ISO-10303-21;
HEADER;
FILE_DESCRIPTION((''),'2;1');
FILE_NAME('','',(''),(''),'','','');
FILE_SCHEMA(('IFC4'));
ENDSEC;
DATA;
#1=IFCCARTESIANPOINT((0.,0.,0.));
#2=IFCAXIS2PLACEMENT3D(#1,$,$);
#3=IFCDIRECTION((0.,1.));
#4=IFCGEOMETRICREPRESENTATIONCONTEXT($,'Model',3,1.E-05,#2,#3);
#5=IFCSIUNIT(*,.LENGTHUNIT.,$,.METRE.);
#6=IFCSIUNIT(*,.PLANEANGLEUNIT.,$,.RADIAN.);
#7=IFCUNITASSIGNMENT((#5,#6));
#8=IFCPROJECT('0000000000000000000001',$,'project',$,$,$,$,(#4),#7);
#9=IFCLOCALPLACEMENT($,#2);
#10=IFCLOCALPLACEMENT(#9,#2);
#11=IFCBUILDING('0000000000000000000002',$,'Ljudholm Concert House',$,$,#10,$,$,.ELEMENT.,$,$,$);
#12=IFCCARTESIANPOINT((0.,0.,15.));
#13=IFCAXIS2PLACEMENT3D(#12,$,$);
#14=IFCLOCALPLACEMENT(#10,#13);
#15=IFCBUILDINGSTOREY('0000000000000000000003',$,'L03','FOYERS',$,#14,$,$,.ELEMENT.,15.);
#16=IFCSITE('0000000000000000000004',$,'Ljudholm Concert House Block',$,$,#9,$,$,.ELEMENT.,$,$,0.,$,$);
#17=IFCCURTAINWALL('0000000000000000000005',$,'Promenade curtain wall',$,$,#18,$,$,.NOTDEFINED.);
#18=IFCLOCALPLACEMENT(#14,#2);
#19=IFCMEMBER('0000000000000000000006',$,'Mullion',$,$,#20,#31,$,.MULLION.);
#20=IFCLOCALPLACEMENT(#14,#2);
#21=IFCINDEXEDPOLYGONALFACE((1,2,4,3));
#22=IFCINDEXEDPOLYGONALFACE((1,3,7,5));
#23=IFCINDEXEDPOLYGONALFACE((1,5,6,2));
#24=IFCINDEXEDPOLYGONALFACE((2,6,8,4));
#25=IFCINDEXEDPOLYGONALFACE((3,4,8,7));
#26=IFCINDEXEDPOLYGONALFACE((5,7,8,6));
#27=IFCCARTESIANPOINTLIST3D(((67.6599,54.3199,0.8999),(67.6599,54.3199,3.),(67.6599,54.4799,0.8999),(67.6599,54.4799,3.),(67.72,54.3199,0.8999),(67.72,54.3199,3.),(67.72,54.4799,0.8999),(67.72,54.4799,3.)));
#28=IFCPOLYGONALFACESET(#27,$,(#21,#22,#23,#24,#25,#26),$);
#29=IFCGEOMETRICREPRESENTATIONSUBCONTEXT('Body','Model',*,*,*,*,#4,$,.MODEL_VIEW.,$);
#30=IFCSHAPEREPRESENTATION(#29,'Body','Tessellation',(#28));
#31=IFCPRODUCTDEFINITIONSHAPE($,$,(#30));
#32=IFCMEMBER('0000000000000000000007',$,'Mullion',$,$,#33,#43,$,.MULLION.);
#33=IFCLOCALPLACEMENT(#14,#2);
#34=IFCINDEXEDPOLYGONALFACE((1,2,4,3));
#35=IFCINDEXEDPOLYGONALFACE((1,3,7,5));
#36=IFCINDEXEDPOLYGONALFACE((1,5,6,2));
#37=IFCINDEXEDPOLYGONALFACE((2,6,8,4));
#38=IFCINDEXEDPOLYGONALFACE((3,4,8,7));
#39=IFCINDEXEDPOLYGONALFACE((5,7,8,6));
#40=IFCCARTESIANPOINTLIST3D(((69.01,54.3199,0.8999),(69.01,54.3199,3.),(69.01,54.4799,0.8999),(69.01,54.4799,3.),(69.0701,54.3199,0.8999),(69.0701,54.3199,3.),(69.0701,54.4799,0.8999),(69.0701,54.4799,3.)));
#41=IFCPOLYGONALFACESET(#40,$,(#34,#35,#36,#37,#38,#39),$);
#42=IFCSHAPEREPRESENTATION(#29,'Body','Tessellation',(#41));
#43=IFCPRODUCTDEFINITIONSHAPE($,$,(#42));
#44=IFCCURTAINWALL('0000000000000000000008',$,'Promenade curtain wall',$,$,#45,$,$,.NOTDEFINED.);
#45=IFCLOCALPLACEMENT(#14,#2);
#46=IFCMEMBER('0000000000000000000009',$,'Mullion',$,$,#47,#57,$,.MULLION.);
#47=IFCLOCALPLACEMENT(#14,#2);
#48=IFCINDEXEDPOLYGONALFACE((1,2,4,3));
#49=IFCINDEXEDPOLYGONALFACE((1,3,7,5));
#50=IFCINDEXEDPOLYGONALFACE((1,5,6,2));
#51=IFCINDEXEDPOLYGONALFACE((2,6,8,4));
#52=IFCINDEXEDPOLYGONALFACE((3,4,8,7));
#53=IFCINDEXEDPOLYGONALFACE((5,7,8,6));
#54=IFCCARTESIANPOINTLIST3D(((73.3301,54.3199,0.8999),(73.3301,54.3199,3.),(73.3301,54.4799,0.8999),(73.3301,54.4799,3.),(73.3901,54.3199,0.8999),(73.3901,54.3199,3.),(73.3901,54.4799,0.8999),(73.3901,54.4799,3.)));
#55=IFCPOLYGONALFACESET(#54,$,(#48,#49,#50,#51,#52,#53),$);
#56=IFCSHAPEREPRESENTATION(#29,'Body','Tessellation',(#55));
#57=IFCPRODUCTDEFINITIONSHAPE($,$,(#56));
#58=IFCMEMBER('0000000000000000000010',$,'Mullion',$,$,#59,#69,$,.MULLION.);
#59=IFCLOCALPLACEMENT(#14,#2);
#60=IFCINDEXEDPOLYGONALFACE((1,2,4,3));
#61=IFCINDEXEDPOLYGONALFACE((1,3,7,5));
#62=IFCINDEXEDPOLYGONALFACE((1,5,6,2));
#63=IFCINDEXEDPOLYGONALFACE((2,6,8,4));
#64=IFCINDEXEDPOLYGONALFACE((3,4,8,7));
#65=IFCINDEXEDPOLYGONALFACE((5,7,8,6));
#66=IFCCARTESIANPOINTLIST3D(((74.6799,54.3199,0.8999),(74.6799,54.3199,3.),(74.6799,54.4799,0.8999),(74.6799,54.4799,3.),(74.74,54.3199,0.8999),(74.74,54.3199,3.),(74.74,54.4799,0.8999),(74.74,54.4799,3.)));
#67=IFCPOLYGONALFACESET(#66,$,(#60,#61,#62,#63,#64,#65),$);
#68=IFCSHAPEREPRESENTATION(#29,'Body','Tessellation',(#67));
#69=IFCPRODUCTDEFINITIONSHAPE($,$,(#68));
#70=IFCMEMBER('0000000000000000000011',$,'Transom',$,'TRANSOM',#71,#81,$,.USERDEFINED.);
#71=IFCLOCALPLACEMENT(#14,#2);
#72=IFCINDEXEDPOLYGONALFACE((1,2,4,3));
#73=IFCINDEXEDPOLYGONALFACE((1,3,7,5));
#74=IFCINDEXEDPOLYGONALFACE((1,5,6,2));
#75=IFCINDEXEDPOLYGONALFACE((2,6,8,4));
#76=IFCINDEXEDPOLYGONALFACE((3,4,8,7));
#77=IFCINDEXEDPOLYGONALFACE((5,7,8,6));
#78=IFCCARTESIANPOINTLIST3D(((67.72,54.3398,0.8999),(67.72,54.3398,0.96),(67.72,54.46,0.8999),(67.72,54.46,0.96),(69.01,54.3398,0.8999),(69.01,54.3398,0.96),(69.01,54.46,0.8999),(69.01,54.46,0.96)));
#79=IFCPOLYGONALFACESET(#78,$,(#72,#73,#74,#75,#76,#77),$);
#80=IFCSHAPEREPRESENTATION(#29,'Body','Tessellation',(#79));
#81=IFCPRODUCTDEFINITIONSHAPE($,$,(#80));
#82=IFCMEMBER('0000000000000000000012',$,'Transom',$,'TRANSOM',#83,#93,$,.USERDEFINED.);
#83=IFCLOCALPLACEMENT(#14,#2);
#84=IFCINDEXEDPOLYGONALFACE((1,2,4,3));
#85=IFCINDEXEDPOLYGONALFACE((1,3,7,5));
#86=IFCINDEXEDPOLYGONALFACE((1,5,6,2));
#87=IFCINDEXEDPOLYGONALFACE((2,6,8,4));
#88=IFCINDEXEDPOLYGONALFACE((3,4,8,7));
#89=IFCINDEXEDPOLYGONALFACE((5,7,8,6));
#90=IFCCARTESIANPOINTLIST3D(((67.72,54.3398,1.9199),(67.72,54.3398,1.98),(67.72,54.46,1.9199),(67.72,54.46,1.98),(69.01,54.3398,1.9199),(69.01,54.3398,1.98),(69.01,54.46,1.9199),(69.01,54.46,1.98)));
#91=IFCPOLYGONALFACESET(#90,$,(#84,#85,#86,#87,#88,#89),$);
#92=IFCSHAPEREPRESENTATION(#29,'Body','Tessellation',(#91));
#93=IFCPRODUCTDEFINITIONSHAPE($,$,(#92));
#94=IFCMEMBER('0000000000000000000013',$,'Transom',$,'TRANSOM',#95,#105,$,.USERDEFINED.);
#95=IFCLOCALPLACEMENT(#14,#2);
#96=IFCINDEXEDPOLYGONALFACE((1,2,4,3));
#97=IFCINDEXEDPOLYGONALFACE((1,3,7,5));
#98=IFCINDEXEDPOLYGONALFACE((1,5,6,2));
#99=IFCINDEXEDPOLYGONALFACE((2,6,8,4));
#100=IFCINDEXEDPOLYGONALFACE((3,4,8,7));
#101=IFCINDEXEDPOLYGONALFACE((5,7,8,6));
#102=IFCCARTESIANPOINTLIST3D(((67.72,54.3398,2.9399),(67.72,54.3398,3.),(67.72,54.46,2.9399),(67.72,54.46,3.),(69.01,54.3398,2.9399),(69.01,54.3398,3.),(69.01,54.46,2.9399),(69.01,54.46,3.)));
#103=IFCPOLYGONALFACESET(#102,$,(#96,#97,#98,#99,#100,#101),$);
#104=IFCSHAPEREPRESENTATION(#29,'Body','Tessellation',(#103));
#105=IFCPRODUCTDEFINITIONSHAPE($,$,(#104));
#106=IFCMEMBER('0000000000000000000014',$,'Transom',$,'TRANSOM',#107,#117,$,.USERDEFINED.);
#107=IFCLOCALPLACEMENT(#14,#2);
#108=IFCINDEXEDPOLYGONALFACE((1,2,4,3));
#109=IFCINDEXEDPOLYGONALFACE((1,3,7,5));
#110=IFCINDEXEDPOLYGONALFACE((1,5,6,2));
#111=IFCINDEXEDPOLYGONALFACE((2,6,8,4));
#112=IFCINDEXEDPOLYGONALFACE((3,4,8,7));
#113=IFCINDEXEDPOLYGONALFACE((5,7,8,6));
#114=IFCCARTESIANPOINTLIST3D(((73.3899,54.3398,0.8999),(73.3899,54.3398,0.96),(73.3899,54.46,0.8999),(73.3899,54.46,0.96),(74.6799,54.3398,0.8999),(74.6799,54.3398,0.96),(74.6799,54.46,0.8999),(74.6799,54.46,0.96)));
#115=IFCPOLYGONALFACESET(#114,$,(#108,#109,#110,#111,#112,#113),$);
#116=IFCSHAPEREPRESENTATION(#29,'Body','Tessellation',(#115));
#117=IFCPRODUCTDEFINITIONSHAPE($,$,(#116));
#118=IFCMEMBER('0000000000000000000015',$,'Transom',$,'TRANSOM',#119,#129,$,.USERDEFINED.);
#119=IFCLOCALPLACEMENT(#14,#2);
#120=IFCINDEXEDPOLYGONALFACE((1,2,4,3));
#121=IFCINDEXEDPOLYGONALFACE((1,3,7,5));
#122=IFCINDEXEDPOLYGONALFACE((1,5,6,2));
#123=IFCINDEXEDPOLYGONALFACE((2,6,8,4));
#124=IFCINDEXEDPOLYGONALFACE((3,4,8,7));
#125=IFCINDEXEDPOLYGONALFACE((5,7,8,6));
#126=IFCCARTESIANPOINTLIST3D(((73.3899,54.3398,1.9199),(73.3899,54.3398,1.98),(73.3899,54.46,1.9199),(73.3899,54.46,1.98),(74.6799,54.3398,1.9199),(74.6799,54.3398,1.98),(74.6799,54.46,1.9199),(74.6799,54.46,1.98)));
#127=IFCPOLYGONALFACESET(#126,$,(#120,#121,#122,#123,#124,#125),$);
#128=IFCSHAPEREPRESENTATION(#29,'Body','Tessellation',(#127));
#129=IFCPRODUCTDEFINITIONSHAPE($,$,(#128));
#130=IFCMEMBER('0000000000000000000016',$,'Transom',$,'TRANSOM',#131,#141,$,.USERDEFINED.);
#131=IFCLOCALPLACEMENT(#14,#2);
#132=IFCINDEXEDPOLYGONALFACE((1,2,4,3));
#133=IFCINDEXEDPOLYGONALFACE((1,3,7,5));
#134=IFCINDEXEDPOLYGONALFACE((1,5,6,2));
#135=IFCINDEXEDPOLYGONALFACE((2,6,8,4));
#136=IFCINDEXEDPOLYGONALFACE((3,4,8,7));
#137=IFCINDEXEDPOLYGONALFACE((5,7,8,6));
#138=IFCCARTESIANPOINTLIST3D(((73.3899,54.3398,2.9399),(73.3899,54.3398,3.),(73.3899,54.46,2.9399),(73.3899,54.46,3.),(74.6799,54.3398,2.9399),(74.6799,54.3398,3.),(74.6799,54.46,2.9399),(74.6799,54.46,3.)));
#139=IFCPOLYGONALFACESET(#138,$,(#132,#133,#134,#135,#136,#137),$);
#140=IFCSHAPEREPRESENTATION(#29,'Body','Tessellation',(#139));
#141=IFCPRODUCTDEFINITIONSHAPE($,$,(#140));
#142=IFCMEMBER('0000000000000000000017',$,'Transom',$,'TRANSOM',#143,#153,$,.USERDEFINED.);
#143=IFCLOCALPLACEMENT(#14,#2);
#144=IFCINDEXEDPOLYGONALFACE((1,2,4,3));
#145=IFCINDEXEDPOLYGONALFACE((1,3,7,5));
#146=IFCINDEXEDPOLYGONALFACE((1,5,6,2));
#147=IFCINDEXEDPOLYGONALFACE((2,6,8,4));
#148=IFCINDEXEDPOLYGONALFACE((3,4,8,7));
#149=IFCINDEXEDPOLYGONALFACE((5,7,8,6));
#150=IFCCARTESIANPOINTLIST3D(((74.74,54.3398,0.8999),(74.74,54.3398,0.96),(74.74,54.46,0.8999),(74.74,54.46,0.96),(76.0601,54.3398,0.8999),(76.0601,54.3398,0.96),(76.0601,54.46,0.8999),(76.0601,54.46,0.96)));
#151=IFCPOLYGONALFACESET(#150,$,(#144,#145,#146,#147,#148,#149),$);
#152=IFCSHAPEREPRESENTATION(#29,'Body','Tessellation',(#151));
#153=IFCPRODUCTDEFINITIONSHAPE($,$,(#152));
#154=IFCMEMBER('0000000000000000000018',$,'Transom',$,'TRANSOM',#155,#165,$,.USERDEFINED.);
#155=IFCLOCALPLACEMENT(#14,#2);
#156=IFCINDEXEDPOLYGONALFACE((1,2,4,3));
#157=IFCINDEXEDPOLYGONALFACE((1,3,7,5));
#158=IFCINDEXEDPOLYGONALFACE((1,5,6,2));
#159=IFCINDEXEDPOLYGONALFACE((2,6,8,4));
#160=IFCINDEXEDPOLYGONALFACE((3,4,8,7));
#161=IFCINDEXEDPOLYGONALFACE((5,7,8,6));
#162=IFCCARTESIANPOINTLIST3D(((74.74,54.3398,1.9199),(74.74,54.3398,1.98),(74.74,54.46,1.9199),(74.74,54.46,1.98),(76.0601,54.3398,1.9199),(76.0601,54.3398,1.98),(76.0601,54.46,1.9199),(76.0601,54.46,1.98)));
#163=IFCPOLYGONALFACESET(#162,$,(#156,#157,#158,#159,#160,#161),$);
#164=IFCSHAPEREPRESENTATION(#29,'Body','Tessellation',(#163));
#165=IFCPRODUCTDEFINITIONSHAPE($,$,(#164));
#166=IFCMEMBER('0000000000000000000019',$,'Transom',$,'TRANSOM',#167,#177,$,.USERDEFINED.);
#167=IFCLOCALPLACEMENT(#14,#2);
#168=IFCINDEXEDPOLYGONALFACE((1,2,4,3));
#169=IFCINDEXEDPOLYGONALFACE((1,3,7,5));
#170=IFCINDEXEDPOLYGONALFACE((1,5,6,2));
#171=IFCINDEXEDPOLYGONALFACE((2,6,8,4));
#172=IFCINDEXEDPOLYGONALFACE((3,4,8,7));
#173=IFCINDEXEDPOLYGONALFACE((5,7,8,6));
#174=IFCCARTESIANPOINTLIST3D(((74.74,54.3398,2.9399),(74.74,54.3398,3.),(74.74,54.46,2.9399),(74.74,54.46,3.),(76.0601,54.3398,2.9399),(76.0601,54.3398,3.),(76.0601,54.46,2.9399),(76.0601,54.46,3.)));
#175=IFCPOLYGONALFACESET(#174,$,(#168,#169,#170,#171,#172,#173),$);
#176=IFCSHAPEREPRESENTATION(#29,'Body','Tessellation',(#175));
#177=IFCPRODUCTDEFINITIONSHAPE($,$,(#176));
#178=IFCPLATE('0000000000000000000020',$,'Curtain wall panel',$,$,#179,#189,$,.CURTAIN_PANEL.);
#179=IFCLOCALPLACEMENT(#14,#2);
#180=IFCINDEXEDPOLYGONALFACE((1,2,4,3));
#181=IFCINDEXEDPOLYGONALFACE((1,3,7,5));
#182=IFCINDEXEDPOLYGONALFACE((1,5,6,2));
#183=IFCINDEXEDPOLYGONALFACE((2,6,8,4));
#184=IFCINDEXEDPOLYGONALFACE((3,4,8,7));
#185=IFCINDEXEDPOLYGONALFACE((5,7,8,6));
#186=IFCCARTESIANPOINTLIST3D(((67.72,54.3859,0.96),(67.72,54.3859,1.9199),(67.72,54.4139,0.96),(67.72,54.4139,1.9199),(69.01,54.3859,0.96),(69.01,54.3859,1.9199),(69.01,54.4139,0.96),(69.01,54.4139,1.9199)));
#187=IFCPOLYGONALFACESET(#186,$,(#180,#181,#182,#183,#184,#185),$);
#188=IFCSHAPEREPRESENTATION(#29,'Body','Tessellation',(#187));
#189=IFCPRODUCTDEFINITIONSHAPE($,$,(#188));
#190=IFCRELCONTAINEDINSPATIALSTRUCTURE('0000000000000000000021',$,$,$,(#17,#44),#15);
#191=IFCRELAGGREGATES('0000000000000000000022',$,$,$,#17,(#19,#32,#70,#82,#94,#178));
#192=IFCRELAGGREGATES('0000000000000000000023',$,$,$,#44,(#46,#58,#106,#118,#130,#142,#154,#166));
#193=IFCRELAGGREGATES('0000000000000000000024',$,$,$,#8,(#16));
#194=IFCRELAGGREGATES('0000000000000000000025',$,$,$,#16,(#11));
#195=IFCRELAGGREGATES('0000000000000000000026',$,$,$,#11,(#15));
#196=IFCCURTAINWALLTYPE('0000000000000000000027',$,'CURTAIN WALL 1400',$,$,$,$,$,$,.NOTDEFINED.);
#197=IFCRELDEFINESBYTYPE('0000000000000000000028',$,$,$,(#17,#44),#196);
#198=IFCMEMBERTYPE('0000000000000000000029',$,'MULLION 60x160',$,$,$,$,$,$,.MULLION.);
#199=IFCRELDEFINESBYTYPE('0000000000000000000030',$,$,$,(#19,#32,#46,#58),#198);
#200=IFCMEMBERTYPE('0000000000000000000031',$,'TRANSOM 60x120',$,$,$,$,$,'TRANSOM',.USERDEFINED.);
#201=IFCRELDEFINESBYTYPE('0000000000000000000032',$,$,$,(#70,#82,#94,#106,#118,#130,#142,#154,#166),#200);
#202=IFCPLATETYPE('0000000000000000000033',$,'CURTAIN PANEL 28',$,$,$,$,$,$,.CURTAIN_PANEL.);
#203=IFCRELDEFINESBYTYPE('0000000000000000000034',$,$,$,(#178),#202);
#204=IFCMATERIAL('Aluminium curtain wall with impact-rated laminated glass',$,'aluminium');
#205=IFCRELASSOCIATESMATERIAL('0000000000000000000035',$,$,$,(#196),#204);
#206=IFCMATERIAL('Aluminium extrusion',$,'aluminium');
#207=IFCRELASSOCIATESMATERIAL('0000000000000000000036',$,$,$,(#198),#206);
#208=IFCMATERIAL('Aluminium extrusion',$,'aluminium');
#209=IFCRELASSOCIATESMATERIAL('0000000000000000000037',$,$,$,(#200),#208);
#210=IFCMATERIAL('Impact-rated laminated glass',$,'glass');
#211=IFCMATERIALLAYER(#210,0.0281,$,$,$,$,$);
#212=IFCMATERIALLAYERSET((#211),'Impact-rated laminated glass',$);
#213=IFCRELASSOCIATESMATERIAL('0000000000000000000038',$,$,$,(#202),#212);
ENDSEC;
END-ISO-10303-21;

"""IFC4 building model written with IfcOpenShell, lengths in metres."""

from ifc_helpers import new_model, si_unit, direction, frame, origin, origin_2d, place, context, subcontext, project, spatial, rectangle, extrude, material, layer, layer_set, material_profile, profile_set, type_object, element, aggregate, save


model = new_model("IFC4")

# Units and contexts
model_context = context("Model", 3, precision=1e-05, world=origin(), true_north=direction((0.0, 1.0)))
body_context = subcontext(model_context, "Body", "Model", "MODEL_VIEW")
ifc_project = project(units=[si_unit("LENGTHUNIT", "METRE"), si_unit("PLANEANGLEUNIT", "RADIAN")], contexts=[model_context])

# Site, building, storey
site_placement = place(None, origin())
site = spatial("IfcSite", under=ifc_project, at=site_placement, Name="Ljudholm Concert House Block", CompositionType="ELEMENT", RefElevation=0.0)
building_placement = place(site_placement, origin())
building = spatial("IfcBuilding", under=site, at=building_placement, Name="Ljudholm Concert House", CompositionType="ELEMENT")
storey_placement = place(building_placement, frame((0.0, 0.0, 15.0)))
storey = spatial("IfcBuildingStorey", under=building, at=storey_placement, Name="L03", Description="FOYERS", CompositionType="ELEMENT", Elevation=15.0)

# Curtain walls, members
ifc_material_1 = material(Name="Aluminium curtain wall with impact-rated laminated glass", Category="aluminium")
curtain_wall_type = type_object("IfcCurtainWallType", Name="CURTAIN WALL 1400", PredefinedType="NOTDEFINED", material=ifc_material_1)
curtain_wall_1_placement = place(storey_placement, origin())
curtain_wall_1 = element("IfcCurtainWall", 1, at=curtain_wall_1_placement, inside=storey, type_object=curtain_wall_type, Name="Promenade curtain wall", PredefinedType="NOTDEFINED")
ifc_material_2 = material(Name="Aluminium extrusion", Category="aluminium")
ifc_material_profile_1 = material_profile(ifc_material_2, rectangle(XDim=0.1599, YDim=0.0601, at=origin_2d()), Name="MULLION 60x160")
ifc_profile_set_1 = profile_set([ifc_material_profile_1], Name="Aluminium extrusion")
member_type_1 = type_object("IfcMemberType", Name="MULLION 60x160", PredefinedType="MULLION", material=ifc_profile_set_1)
member_1_placement = place(storey_placement, frame((67.6899, 54.3999, 0.8999), z_axis=(0.0, 0.0, 1.0), x_axis=(0.0, 1.0, 0.0)))
member_1 = element("IfcMember", 2, at=member_1_placement, type_object=member_type_1, Name="Mullion", PredefinedType="MULLION", context=body_context, shape_type="SweptSolid", body=[
    extrude(rectangle(XDim=0.1599, YDim=0.0601, at=origin_2d()), origin(), (0.0, 0.0, 1.0), 2.1001),
])
member_2_placement = place(storey_placement, frame((69.04, 54.3999, 0.8999), z_axis=(0.0, 0.0, 1.0), x_axis=(0.0, 1.0, 0.0)))
member_2 = element("IfcMember", 3, at=member_2_placement, type_object=member_type_1, Name="Mullion", PredefinedType="MULLION", context=body_context, shape_type="SweptSolid", body=[
    extrude(rectangle(XDim=0.1599, YDim=0.0601, at=origin_2d()), origin(), (0.0, 0.0, 1.0), 2.1001),
])
curtain_wall_2_placement = place(storey_placement, origin())
curtain_wall_2 = element("IfcCurtainWall", 4, at=curtain_wall_2_placement, inside=storey, type_object=curtain_wall_type, Name="Promenade curtain wall", PredefinedType="NOTDEFINED")
member_3_placement = place(storey_placement, frame((73.3601, 54.3999, 0.8999), z_axis=(0.0, 0.0, 1.0), x_axis=(0.0, 1.0, 0.0)))
member_3 = element("IfcMember", 5, at=member_3_placement, type_object=member_type_1, Name="Mullion", PredefinedType="MULLION", context=body_context, shape_type="SweptSolid", body=[
    extrude(rectangle(XDim=0.1599, YDim=0.0601, at=origin_2d()), origin(), (0.0, 0.0, 1.0), 2.1001),
])
member_4_placement = place(storey_placement, frame((74.71, 54.3999, 0.8999), z_axis=(0.0, 0.0, 1.0), x_axis=(0.0, 1.0, 0.0)))
member_4 = element("IfcMember", 6, at=member_4_placement, type_object=member_type_1, Name="Mullion", PredefinedType="MULLION", context=body_context, shape_type="SweptSolid", body=[
    extrude(rectangle(XDim=0.1599, YDim=0.0601, at=origin_2d()), origin(), (0.0, 0.0, 1.0), 2.1001),
])

# Members
ifc_material_3 = material(Name="Aluminium extrusion", Category="aluminium")
ifc_material_profile_2 = material_profile(ifc_material_3, rectangle(XDim=0.1201, YDim=0.0601, at=origin_2d()), Name="TRANSOM 60x120")
ifc_profile_set_2 = profile_set([ifc_material_profile_2], Name="Aluminium extrusion")
member_type_2 = type_object("IfcMemberType", Name="TRANSOM 60x120", ElementType="TRANSOM", PredefinedType="USERDEFINED", material=ifc_profile_set_2)
member_5_placement = place(storey_placement, frame((67.72, 54.3999, 0.9299), z_axis=(1.0, 0.0, 0.0), x_axis=(0.0, 1.0, 0.0)))
member_5 = element("IfcMember", 7, at=member_5_placement, type_object=member_type_2, Name="Transom", ObjectType="TRANSOM", PredefinedType="USERDEFINED", context=body_context, shape_type="SweptSolid", body=[
    extrude(rectangle(XDim=0.1201, YDim=0.0601, at=origin_2d()), origin(), (0.0, 0.0, 1.0), 1.29),
])
member_6_placement = place(storey_placement, frame((67.72, 54.3999, 1.95), z_axis=(1.0, 0.0, 0.0), x_axis=(0.0, 1.0, 0.0)))
member_6 = element("IfcMember", 8, at=member_6_placement, type_object=member_type_2, Name="Transom", ObjectType="TRANSOM", PredefinedType="USERDEFINED", context=body_context, shape_type="SweptSolid", body=[
    extrude(rectangle(XDim=0.1201, YDim=0.0601, at=origin_2d()), origin(), (0.0, 0.0, 1.0), 1.29),
])
member_7_placement = place(storey_placement, frame((67.72, 54.3999, 2.97), z_axis=(1.0, 0.0, 0.0), x_axis=(0.0, 1.0, 0.0)))
member_7 = element("IfcMember", 9, at=member_7_placement, type_object=member_type_2, Name="Transom", ObjectType="TRANSOM", PredefinedType="USERDEFINED", context=body_context, shape_type="SweptSolid", body=[
    extrude(rectangle(XDim=0.1201, YDim=0.0601, at=origin_2d()), origin(), (0.0, 0.0, 1.0), 1.29),
])
member_8_placement = place(storey_placement, frame((73.3899, 54.3999, 0.9299), z_axis=(1.0, 0.0, 0.0), x_axis=(0.0, 1.0, 0.0)))
member_8 = element("IfcMember", 10, at=member_8_placement, type_object=member_type_2, Name="Transom", ObjectType="TRANSOM", PredefinedType="USERDEFINED", context=body_context, shape_type="SweptSolid", body=[
    extrude(rectangle(XDim=0.1201, YDim=0.0601, at=origin_2d()), origin(), (0.0, 0.0, 1.0), 1.29),
])
member_9_placement = place(storey_placement, frame((73.3899, 54.3999, 1.95), z_axis=(1.0, 0.0, 0.0), x_axis=(0.0, 1.0, 0.0)))
member_9 = element("IfcMember", 11, at=member_9_placement, type_object=member_type_2, Name="Transom", ObjectType="TRANSOM", PredefinedType="USERDEFINED", context=body_context, shape_type="SweptSolid", body=[
    extrude(rectangle(XDim=0.1201, YDim=0.0601, at=origin_2d()), origin(), (0.0, 0.0, 1.0), 1.29),
])
member_10_placement = place(storey_placement, frame((73.3899, 54.3999, 2.97), z_axis=(1.0, 0.0, 0.0), x_axis=(0.0, 1.0, 0.0)))
member_10 = element("IfcMember", 12, at=member_10_placement, type_object=member_type_2, Name="Transom", ObjectType="TRANSOM", PredefinedType="USERDEFINED", context=body_context, shape_type="SweptSolid", body=[
    extrude(rectangle(XDim=0.1201, YDim=0.0601, at=origin_2d()), origin(), (0.0, 0.0, 1.0), 1.29),
])
member_11_placement = place(storey_placement, frame((74.74, 54.3999, 0.9299), z_axis=(1.0, 0.0, 0.0), x_axis=(0.0, 1.0, 0.0)))
member_11 = element("IfcMember", 13, at=member_11_placement, type_object=member_type_2, Name="Transom", ObjectType="TRANSOM", PredefinedType="USERDEFINED", context=body_context, shape_type="SweptSolid", body=[
    extrude(rectangle(XDim=0.1201, YDim=0.0601, at=origin_2d()), origin(), (0.0, 0.0, 1.0), 1.3201),
])
member_12_placement = place(storey_placement, frame((74.74, 54.3999, 1.95), z_axis=(1.0, 0.0, 0.0), x_axis=(0.0, 1.0, 0.0)))
member_12 = element("IfcMember", 14, at=member_12_placement, type_object=member_type_2, Name="Transom", ObjectType="TRANSOM", PredefinedType="USERDEFINED", context=body_context, shape_type="SweptSolid", body=[
    extrude(rectangle(XDim=0.1201, YDim=0.0601, at=origin_2d()), origin(), (0.0, 0.0, 1.0), 1.3201),
])
member_13_placement = place(storey_placement, frame((74.74, 54.3999, 2.97), z_axis=(1.0, 0.0, 0.0), x_axis=(0.0, 1.0, 0.0)))
member_13 = element("IfcMember", 15, at=member_13_placement, type_object=member_type_2, Name="Transom", ObjectType="TRANSOM", PredefinedType="USERDEFINED", context=body_context, shape_type="SweptSolid", body=[
    extrude(rectangle(XDim=0.1201, YDim=0.0601, at=origin_2d()), origin(), (0.0, 0.0, 1.0), 1.3201),
])

# Plate
ifc_material_4 = material(Name="Impact-rated laminated glass", Category="glass")
ifc_layer_1 = layer(ifc_material_4, 0.0281)
ifc_layer_set_1 = layer_set([ifc_layer_1], Name="Impact-rated laminated glass")
plate_type = type_object("IfcPlateType", Name="CURTAIN PANEL 28", PredefinedType="CURTAIN_PANEL", material=ifc_layer_set_1)
plate_1_placement = place(storey_placement, frame((68.365, 54.3999, 0.96), z_axis=(0.0, 0.0, 1.0), x_axis=(1.0, 0.0, 0.0)))
plate_1 = element("IfcPlate", 16, at=plate_1_placement, type_object=plate_type, Name="Curtain wall panel", PredefinedType="CURTAIN_PANEL", context=body_context, shape_type="SweptSolid", body=[
    extrude(rectangle(XDim=1.29, YDim=0.0281, at=origin_2d()), origin(), (0.0, 0.0, 1.0), 0.96),
])
aggregate(curtain_wall_1, [member_1, member_2, member_5, member_6, member_7, plate_1])
aggregate(curtain_wall_2, [member_3, member_4, member_8, member_9, member_10, member_11, member_12, member_13])

save(model, "model.ifc")
